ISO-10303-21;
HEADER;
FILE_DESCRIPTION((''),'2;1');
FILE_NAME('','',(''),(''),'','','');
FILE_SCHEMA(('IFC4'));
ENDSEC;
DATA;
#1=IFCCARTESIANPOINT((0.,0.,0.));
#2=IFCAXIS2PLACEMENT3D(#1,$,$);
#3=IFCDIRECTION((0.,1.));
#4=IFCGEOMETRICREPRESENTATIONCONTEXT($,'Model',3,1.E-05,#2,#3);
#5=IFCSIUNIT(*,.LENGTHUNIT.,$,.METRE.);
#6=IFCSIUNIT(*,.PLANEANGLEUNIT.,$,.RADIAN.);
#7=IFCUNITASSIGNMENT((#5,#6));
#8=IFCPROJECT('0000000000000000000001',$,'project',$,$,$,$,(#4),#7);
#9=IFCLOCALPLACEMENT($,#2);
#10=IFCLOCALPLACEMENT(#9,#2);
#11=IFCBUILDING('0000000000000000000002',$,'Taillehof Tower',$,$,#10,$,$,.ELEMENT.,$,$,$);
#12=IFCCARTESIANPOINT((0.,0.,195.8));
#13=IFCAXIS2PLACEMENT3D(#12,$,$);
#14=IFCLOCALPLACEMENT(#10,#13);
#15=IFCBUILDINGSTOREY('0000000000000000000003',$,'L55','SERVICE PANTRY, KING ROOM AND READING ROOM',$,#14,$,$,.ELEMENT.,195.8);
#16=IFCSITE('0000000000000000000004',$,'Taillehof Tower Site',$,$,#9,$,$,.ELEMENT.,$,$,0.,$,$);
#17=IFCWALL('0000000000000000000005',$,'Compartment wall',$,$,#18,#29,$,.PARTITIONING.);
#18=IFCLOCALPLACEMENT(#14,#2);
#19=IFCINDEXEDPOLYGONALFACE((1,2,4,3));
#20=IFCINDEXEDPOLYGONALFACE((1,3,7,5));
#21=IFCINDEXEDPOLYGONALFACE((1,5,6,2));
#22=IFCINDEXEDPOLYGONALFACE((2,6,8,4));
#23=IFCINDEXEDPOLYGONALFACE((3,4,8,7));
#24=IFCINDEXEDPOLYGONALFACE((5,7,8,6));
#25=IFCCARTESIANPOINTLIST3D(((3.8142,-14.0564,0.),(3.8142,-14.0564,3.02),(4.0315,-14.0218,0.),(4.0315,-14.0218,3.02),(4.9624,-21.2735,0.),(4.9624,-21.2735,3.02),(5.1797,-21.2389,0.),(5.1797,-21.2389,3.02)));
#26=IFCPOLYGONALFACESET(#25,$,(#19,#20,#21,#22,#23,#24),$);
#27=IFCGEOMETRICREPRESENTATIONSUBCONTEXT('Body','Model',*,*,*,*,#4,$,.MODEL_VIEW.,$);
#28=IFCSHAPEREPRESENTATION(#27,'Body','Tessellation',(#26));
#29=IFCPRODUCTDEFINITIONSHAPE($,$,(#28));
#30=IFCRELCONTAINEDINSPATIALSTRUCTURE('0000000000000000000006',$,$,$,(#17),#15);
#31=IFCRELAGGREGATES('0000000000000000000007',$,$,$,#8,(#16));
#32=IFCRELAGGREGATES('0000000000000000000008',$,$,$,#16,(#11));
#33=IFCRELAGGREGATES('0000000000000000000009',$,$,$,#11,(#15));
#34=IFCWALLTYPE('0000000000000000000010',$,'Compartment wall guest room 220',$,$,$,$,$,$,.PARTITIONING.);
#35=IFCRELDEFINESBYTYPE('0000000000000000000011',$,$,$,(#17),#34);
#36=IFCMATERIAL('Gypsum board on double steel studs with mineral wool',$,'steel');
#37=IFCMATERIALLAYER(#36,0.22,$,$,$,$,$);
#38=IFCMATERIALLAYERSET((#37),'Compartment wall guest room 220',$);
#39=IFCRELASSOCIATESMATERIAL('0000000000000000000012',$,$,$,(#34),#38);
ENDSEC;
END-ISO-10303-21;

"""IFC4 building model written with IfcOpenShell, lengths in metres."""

from ifc_helpers import new_model, si_unit, direction, frame, frame_2d, origin, place, context, subcontext, project, spatial, rectangle, extrude, material, layer, layer_set, type_object, element, save


model = new_model("IFC4")

# Units and contexts
model_context = context("Model", 3, precision=1e-05, world=origin(), true_north=direction((0.0, 1.0)))
body_context = subcontext(model_context, "Body", "Model", "MODEL_VIEW")
ifc_project = project(units=[si_unit("LENGTHUNIT", "METRE"), si_unit("PLANEANGLEUNIT", "RADIAN")], contexts=[model_context])

# Site, building, storey
site_placement = place(None, origin())
site = spatial("IfcSite", under=ifc_project, at=site_placement, Name="Taillehof Tower Site", CompositionType="ELEMENT", RefElevation=0.0)
building_placement = place(site_placement, origin())
building = spatial("IfcBuilding", under=site, at=building_placement, Name="Taillehof Tower", CompositionType="ELEMENT")
storey_placement = place(building_placement, frame((0.0, 0.0, 195.8)))
storey = spatial("IfcBuildingStorey", under=building, at=storey_placement, Name="L55", Description="SERVICE PANTRY, KING ROOM AND READING ROOM", CompositionType="ELEMENT", Elevation=195.8)

# Wall
ifc_material_1 = material(Name="Gypsum board on double steel studs with mineral wool", Category="steel")
ifc_layer_1 = layer(ifc_material_1, 0.22)
ifc_layer_set_1 = layer_set([ifc_layer_1], Name="Compartment wall guest room 220")
wall_type_1 = type_object("IfcWallType", Name="Compartment wall guest room 220", PredefinedType="PARTITIONING", material=ifc_layer_set_1)
wall_1_placement = place(storey_placement, frame((5.071, -21.2561, 0.0), z_axis=(0.0, 0.0, 1.0), x_axis=(-0.157119, 0.98758, 0.0)))
element("IfcWall", 1, at=wall_1_placement, inside=storey, type_object=wall_type_1, Name="Compartment wall", PredefinedType="PARTITIONING", context=body_context, shape_type="SweptSolid", body=[
    extrude(rectangle(XDim=7.3079, YDim=0.22, at=frame_2d((3.6538, 0.0))), origin(), (0.0, 0.0, 1.0), 3.02),
])

save(model, "model.ifc")
